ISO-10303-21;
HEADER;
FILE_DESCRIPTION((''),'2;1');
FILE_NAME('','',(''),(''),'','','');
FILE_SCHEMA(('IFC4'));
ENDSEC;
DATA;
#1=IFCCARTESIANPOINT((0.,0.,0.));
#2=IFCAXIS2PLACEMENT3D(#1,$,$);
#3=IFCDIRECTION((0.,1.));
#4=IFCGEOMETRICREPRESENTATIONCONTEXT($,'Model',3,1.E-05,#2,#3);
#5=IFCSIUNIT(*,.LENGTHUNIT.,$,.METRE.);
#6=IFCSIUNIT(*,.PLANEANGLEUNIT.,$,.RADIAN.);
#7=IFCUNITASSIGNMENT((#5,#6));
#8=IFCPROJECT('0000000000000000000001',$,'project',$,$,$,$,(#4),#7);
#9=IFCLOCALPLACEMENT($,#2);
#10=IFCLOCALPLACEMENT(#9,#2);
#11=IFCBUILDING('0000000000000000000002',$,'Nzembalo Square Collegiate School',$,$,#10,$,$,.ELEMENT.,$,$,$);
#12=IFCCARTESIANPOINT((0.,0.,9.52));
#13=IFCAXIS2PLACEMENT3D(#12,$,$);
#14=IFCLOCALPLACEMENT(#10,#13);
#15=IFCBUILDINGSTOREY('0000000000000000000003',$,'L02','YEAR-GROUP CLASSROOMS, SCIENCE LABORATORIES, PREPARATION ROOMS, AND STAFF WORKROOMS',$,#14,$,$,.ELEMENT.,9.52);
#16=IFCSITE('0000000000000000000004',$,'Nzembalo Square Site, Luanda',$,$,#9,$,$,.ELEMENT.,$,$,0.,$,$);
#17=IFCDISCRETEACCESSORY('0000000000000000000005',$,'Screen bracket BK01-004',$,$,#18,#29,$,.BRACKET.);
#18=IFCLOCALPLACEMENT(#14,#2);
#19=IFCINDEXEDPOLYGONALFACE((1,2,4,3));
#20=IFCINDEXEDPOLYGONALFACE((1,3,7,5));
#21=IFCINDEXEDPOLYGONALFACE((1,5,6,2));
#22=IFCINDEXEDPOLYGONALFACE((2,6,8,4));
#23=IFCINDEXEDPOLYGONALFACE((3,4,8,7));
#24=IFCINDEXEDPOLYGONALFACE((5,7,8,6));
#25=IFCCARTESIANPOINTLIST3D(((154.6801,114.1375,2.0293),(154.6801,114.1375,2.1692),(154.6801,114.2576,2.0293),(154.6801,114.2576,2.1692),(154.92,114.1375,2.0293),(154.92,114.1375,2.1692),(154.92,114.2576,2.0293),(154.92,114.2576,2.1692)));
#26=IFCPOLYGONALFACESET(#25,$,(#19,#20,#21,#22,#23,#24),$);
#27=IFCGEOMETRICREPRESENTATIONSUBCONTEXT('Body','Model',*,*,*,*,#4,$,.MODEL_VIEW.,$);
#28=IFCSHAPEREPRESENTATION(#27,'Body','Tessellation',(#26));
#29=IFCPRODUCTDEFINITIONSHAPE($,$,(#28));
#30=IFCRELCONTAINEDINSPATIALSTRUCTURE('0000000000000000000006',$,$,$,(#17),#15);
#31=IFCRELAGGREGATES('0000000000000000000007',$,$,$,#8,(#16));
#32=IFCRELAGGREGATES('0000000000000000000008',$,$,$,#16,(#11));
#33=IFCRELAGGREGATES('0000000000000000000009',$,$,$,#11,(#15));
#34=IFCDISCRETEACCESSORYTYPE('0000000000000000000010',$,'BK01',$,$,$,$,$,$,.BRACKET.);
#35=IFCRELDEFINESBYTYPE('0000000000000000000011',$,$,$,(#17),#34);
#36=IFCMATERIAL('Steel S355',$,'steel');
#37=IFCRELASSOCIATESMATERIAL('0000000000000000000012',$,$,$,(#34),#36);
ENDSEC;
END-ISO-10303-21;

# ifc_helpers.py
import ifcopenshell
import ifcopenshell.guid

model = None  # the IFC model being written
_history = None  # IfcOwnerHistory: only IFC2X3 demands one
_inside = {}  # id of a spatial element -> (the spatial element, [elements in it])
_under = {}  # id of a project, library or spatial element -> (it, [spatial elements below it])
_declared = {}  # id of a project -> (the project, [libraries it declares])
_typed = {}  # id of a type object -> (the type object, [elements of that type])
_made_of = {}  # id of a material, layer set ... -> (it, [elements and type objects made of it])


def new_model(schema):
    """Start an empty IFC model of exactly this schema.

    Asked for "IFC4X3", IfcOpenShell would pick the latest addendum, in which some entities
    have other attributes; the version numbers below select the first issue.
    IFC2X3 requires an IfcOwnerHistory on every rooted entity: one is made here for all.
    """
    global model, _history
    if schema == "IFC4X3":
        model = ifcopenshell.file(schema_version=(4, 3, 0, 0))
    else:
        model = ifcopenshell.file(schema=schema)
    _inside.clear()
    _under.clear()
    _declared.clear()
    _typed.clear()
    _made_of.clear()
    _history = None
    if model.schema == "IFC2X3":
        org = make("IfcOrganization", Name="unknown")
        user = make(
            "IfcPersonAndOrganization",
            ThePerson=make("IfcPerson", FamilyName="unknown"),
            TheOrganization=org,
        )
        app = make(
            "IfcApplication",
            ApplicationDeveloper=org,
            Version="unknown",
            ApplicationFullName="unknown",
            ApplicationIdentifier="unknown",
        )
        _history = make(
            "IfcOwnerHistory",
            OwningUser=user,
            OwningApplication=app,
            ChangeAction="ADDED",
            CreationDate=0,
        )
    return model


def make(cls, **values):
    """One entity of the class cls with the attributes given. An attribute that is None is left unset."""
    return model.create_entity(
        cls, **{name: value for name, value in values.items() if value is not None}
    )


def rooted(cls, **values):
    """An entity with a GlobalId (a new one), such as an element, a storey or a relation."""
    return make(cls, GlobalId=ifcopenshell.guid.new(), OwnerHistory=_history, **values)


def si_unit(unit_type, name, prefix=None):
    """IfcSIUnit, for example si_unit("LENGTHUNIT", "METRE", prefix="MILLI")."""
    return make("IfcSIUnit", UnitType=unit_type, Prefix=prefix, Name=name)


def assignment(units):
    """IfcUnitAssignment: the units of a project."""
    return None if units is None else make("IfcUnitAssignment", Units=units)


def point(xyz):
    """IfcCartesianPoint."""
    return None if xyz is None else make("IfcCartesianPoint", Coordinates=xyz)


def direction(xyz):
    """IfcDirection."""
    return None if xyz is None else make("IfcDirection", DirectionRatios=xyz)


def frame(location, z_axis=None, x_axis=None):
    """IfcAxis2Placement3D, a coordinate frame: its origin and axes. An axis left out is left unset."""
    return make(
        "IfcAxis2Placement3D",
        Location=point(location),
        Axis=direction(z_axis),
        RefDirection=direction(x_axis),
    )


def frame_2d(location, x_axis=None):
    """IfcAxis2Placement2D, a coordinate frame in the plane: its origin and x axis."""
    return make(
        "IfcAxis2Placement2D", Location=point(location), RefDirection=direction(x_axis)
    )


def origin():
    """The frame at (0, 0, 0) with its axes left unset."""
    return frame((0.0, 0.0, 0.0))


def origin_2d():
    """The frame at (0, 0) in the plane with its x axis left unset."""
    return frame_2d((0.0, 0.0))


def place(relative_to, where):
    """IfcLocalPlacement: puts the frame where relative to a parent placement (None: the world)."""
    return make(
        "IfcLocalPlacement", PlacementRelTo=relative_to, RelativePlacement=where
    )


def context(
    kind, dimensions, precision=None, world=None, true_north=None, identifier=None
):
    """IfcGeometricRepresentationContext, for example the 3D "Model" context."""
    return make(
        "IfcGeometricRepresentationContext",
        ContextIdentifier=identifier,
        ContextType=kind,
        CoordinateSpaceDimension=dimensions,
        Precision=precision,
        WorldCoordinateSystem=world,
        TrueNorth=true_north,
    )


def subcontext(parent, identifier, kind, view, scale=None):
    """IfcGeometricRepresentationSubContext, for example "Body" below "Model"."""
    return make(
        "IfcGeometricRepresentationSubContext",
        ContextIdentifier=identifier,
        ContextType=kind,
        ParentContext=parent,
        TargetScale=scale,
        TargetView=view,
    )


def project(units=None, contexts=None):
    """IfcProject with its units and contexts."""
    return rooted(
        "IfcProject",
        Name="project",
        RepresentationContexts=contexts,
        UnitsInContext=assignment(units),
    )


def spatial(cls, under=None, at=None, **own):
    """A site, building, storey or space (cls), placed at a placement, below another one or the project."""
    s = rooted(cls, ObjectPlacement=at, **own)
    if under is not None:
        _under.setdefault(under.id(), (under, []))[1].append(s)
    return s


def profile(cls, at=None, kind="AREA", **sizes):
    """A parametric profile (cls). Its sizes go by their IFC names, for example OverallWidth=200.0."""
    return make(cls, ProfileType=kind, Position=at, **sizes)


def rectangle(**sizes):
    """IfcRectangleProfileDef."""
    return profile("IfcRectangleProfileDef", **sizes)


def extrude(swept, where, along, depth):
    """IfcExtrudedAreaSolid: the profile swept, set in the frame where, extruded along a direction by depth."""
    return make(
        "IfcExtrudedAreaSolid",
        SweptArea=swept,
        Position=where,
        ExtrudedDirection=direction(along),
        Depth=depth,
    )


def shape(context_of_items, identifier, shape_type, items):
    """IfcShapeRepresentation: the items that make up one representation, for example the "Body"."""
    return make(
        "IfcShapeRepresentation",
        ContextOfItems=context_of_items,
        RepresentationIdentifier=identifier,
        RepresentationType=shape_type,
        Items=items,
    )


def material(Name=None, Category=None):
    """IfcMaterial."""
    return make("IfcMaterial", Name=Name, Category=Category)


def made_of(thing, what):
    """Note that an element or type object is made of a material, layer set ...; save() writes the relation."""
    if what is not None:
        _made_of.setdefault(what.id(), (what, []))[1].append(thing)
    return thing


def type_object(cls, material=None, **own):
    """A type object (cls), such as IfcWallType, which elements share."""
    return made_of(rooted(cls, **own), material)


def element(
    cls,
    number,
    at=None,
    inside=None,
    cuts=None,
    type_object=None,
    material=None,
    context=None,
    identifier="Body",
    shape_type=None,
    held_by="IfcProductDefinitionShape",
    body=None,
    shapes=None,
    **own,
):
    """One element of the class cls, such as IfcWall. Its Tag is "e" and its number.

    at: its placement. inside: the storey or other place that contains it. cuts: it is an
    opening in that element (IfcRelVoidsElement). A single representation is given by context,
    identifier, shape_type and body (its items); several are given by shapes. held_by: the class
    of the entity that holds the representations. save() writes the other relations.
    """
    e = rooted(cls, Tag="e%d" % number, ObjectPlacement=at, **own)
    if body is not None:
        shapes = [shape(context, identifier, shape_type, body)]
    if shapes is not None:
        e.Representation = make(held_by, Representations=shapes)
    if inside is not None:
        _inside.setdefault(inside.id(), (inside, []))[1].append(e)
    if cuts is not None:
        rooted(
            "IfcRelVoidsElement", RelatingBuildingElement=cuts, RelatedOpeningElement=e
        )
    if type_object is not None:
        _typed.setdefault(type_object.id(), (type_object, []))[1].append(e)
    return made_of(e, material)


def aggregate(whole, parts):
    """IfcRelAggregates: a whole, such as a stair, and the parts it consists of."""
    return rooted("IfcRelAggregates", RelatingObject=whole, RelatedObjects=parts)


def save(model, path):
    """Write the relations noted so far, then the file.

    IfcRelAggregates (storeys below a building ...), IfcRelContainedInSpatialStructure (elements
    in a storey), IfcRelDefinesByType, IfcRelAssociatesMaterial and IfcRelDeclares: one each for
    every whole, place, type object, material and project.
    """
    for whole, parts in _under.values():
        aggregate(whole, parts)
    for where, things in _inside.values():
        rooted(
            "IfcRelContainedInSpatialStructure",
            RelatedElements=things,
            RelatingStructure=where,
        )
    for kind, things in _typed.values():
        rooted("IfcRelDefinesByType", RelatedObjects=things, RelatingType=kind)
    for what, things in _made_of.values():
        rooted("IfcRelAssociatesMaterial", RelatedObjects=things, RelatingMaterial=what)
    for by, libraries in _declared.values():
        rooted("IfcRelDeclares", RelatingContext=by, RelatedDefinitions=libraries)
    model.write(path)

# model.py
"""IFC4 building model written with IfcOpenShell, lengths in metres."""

from ifc_helpers import new_model, si_unit, direction, frame, origin, origin_2d, place, context, subcontext, project, spatial, rectangle, extrude, material, type_object, element, save


model = new_model("IFC4")

# Units and contexts
model_context = context("Model", 3, precision=1e-05, world=origin(), true_north=direction((0.0, 1.0)))
body_context = subcontext(model_context, "Body", "Model", "MODEL_VIEW")
ifc_project = project(units=[si_unit("LENGTHUNIT", "METRE"), si_unit("PLANEANGLEUNIT", "RADIAN")], contexts=[model_context])

# Site, building, storey
site_placement = place(None, origin())
site = spatial("IfcSite", under=ifc_project, at=site_placement, Name="Nzembalo Square Site, Luanda", CompositionType="ELEMENT", RefElevation=0.0)
building_placement = place(site_placement, origin())
building = spatial("IfcBuilding", under=site, at=building_placement, Name="Nzembalo Square Collegiate School", CompositionType="ELEMENT")
storey_placement = place(building_placement, frame((0.0, 0.0, 9.52)))
storey = spatial("IfcBuildingStorey", under=building, at=storey_placement, Name="L02", Description="YEAR-GROUP CLASSROOMS, SCIENCE LABORATORIES, PREPARATION ROOMS, AND STAFF WORKROOMS", CompositionType="ELEMENT", Elevation=9.52)

# Discrete accessory
ifc_material_1 = material(Name="Steel S355", Category="steel")
discrete_accessory_type = type_object("IfcDiscreteAccessoryType", Name="BK01", PredefinedType="BRACKET", material=ifc_material_1)
discrete_accessory_placement = place(storey_placement, frame((154.8, 114.1975, 2.0293), z_axis=(0.0, 0.0, 1.0), x_axis=(1.0, 0.0, 0.0)))
element("IfcDiscreteAccessory", 1, at=discrete_accessory_placement, inside=storey, type_object=discrete_accessory_type, Name="Screen bracket BK01-004", PredefinedType="BRACKET", context=body_context, shape_type="SweptSolid", body=[
    extrude(rectangle(XDim=0.24, YDim=0.1201, at=origin_2d()), origin(), (0.0, 0.0, 1.0), 0.1399),
])

save(model, "model.ifc")
